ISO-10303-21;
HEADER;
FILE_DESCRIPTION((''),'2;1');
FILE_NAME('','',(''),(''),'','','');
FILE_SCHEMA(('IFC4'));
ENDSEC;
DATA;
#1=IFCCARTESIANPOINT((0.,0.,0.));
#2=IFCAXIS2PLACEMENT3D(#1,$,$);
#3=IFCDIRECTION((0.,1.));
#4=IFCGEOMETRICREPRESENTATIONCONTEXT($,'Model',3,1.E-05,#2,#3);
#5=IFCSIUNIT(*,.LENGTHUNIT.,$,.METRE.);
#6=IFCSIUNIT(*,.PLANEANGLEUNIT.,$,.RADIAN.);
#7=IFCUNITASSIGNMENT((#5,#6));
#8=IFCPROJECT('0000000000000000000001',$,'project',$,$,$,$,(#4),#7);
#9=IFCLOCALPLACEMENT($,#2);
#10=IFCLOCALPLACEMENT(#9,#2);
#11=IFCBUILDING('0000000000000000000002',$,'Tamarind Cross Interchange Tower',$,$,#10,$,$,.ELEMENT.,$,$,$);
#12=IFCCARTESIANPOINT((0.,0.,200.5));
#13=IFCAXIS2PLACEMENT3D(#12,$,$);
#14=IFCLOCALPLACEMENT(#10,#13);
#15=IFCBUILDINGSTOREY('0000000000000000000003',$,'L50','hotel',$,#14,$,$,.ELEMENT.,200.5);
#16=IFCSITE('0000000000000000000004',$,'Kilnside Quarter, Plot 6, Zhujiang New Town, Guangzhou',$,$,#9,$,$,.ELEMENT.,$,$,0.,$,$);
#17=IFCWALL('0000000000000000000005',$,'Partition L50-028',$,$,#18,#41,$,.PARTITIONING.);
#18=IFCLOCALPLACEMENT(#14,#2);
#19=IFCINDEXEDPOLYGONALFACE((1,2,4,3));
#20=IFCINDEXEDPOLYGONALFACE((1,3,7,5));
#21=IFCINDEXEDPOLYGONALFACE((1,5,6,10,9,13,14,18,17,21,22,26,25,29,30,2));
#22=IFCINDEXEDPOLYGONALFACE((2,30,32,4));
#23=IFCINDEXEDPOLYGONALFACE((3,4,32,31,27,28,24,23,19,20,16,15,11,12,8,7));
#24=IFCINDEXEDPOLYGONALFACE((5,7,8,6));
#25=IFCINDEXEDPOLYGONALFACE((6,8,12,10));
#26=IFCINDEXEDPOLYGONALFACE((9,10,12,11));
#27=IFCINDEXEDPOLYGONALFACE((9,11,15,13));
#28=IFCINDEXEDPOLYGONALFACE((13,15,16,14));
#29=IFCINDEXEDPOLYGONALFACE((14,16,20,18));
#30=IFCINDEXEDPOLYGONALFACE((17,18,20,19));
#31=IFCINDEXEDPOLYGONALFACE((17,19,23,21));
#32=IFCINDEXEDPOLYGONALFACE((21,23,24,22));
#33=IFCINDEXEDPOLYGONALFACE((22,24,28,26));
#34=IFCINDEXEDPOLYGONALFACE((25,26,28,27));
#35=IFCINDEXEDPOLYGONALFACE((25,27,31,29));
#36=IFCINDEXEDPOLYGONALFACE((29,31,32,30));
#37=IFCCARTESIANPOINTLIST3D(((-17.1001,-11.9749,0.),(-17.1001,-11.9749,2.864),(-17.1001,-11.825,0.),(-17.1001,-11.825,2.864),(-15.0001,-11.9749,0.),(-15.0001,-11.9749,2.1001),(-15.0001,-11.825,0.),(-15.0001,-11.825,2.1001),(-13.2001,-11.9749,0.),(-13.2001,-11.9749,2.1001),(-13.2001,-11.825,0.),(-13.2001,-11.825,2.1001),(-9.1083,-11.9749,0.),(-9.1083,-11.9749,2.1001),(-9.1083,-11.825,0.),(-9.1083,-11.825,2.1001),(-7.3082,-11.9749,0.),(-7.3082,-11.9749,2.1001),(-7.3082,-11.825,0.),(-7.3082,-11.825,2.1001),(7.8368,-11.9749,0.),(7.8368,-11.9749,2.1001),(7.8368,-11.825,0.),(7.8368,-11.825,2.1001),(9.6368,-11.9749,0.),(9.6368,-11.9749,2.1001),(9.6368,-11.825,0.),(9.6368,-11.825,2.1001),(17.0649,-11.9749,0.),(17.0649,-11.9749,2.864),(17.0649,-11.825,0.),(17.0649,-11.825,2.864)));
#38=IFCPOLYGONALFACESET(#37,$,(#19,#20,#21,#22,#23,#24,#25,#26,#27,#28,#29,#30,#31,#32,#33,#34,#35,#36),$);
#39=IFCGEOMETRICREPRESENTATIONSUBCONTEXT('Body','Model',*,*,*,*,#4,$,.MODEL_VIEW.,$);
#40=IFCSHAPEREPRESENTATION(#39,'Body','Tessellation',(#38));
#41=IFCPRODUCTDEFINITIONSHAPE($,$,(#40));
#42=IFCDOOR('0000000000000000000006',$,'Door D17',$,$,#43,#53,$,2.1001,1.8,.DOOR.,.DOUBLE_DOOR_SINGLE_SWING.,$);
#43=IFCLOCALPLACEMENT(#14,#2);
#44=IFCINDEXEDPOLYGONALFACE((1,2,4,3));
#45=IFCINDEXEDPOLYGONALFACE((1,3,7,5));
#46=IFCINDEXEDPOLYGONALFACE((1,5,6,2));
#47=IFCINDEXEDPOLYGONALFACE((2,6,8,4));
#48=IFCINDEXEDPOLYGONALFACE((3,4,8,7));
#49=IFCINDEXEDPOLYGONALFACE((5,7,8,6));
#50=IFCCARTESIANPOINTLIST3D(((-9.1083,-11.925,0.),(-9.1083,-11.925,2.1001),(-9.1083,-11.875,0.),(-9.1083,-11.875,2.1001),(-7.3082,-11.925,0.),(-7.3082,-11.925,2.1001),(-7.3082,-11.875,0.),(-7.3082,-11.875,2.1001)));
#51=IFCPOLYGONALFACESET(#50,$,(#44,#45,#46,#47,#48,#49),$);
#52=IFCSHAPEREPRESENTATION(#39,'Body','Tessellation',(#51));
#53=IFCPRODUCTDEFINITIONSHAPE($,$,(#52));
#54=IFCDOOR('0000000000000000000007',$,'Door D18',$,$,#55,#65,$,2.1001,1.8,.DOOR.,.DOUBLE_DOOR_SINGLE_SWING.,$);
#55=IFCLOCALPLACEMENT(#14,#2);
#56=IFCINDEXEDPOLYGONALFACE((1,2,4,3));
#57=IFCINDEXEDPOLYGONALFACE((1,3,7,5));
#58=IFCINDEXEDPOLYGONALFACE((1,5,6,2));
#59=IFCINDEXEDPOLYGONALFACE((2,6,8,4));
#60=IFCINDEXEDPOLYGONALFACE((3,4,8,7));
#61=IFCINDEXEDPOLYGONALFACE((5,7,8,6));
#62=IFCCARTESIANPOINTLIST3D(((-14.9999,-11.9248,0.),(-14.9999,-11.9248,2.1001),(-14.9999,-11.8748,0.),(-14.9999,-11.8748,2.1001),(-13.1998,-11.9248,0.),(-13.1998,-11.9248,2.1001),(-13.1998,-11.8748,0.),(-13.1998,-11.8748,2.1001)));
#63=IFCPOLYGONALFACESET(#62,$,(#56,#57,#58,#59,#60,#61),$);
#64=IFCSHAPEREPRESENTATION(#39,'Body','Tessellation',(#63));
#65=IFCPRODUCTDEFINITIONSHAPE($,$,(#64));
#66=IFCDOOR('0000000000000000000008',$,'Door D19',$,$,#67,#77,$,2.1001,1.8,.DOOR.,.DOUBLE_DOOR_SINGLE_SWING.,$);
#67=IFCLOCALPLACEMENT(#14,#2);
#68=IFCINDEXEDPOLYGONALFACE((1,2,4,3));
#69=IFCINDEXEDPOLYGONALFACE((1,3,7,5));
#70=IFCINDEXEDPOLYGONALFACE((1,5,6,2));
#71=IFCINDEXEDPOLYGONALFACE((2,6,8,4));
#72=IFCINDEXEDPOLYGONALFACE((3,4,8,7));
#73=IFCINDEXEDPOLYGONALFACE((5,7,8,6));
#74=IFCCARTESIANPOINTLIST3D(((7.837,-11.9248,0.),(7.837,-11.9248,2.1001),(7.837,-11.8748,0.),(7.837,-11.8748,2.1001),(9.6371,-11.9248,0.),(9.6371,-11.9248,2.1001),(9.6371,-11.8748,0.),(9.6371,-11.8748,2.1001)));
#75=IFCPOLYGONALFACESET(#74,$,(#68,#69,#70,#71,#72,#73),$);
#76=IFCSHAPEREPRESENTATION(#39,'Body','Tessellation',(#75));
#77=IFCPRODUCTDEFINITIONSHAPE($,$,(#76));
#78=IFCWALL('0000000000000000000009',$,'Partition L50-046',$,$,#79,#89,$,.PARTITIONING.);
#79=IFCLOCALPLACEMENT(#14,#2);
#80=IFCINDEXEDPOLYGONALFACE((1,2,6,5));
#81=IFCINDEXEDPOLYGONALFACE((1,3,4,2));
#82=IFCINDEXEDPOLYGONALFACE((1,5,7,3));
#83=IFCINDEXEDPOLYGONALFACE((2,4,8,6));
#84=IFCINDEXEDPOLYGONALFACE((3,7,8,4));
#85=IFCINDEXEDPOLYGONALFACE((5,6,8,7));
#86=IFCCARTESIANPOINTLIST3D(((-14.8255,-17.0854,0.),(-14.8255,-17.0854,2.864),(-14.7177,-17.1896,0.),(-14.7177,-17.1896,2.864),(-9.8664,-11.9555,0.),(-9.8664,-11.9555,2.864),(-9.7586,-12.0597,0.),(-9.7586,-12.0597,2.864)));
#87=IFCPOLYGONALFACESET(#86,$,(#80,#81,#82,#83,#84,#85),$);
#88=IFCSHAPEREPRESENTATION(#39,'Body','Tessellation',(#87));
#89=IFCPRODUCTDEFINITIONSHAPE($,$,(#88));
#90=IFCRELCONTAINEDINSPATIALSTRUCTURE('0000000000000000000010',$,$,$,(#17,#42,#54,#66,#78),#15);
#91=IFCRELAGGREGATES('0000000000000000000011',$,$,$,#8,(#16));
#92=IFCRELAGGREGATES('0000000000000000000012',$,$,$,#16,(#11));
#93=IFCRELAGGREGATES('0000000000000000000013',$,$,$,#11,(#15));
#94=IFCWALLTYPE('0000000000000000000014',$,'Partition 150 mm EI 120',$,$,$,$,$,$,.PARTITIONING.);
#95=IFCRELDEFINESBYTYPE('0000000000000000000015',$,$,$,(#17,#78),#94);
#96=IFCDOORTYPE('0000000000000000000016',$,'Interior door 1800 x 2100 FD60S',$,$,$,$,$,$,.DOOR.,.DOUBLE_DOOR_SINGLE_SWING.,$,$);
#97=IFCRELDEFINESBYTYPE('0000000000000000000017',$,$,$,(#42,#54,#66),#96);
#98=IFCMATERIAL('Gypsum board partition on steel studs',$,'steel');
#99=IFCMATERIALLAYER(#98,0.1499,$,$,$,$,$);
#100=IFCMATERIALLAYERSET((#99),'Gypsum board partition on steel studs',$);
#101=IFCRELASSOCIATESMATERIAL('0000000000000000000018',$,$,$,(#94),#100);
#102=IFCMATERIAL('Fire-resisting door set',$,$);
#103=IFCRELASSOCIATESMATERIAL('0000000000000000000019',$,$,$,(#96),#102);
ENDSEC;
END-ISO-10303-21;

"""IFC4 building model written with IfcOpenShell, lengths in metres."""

from ifc_helpers import new_model, si_unit, direction, frame, frame_2d, origin, place, context, subcontext, project, spatial, rectangle, extrude, material, layer, layer_set, type_object, element, fill, save


model = new_model("IFC4")

# Units and contexts
model_context = context("Model", 3, precision=1e-05, world=origin(), true_north=direction((0.0, 1.0)))
body_context = subcontext(model_context, "Body", "Model", "MODEL_VIEW")
ifc_project = project(units=[si_unit("LENGTHUNIT", "METRE"), si_unit("PLANEANGLEUNIT", "RADIAN")], contexts=[model_context])

# Site, building, storey
site_placement = place(None, origin())
site = spatial("IfcSite", under=ifc_project, at=site_placement, Name="Kilnside Quarter, Plot 6, Zhujiang New Town, Guangzhou", CompositionType="ELEMENT", RefElevation=0.0)
building_placement = place(site_placement, origin())
building = spatial("IfcBuilding", under=site, at=building_placement, Name="Tamarind Cross Interchange Tower", CompositionType="ELEMENT")
storey_placement = place(building_placement, frame((0.0, 0.0, 200.5)))
storey = spatial("IfcBuildingStorey", under=building, at=storey_placement, Name="L50", Description="hotel", CompositionType="ELEMENT", Elevation=200.5)

# Shared definitions
ifc_material_1 = material(Name="Gypsum board partition on steel studs", Category="steel")
ifc_layer_1 = layer(ifc_material_1, 0.1499)
ifc_layer_set_1 = layer_set([ifc_layer_1], Name="Gypsum board partition on steel studs")
wall_type_1 = type_object("IfcWallType", Name="Partition 150 mm EI 120", PredefinedType="PARTITIONING", material=ifc_layer_set_1)

# Wall, openings, doors
wall_1_placement = place(storey_placement, frame((-17.1001, -11.8999, 0.0), z_axis=(0.0, 0.0, 1.0), x_axis=(1.0, 0.0, 0.0)))
wall_1 = element("IfcWall", 1, at=wall_1_placement, inside=storey, type_object=wall_type_1, Name="Partition L50-028", PredefinedType="PARTITIONING", context=body_context, shape_type="SweptSolid", body=[
    extrude(rectangle(XDim=34.165, YDim=0.1499, at=frame_2d((17.0825, 0.0))), origin(), (0.0, 0.0, 1.0), 2.864),
])
opening_1_placement = place(wall_1_placement, frame((7.9919, 0.0, 0.0)))
opening_1 = element("IfcOpeningElement", 2, at=opening_1_placement, cuts=wall_1, PredefinedType="OPENING", context=body_context, shape_type="SweptSolid", body=[
    extrude(rectangle(XDim=1.8, YDim=2.1001, at=frame_2d((0.8999, 1.05))), frame((0.0, 0.085, 0.0), z_axis=(0.0, -1.0, 0.0), x_axis=(1.0, 0.0, 0.0)), (0.0, 0.0, 1.0), 0.1699),
])
opening_2_placement = place(wall_1_placement, frame((2.1001, 0.0, 0.0)))
opening_2 = element("IfcOpeningElement", 3, at=opening_2_placement, cuts=wall_1, PredefinedType="OPENING", context=body_context, shape_type="SweptSolid", body=[
    extrude(rectangle(XDim=1.8, YDim=2.1001, at=frame_2d((0.8999, 1.05))), frame((0.0, 0.085, 0.0), z_axis=(0.0, -1.0, 0.0), x_axis=(1.0, 0.0, 0.0)), (0.0, 0.0, 1.0), 0.1699),
])
opening_3_placement = place(wall_1_placement, frame((24.937, 0.0, 0.0)))
opening_3 = element("IfcOpeningElement", 4, at=opening_3_placement, cuts=wall_1, PredefinedType="OPENING", context=body_context, shape_type="SweptSolid", body=[
    extrude(rectangle(XDim=1.8, YDim=2.1001, at=frame_2d((0.8999, 1.05))), frame((0.0, 0.085, 0.0), z_axis=(0.0, -1.0, 0.0), x_axis=(1.0, 0.0, 0.0)), (0.0, 0.0, 1.0), 0.1699),
])
ifc_material_2 = material(Name="Fire-resisting door set")
door_type_1 = type_object("IfcDoorType", Name="Interior door 1800 x 2100 FD60S", OperationType="DOUBLE_DOOR_SINGLE_SWING", PredefinedType="DOOR", material=ifc_material_2)
door_1_placement = place(opening_1_placement, origin())
door_1 = element("IfcDoor", 5, at=door_1_placement, inside=storey, type_object=door_type_1, Name="Door D17", OperationType="DOUBLE_DOOR_SINGLE_SWING", OverallHeight=2.1001, OverallWidth=1.8, PredefinedType="DOOR", context=body_context, shape_type="SweptSolid", body=[
    extrude(rectangle(XDim=1.8, YDim=2.1001, at=frame_2d((0.8999, 1.05))), frame((0.0, 0.0249, 0.0), z_axis=(0.0, -1.0, 0.0), x_axis=(1.0, 0.0, 0.0)), (0.0, 0.0, 1.0), 0.05),
])
fill(opening_1, door_1)
door_2_placement = place(opening_2_placement, frame((1.8, 0.0, 0.0), z_axis=(0.0, 0.0, 1.0), x_axis=(-1.0, 0.0, 0.0)))
door_2 = element("IfcDoor", 6, at=door_2_placement, inside=storey, type_object=door_type_1, Name="Door D18", OperationType="DOUBLE_DOOR_SINGLE_SWING", OverallHeight=2.1001, OverallWidth=1.8, PredefinedType="DOOR", context=body_context, shape_type="SweptSolid", body=[
    extrude(rectangle(XDim=1.8, YDim=2.1001, at=frame_2d((0.8999, 1.05))), frame((0.0, 0.0249, 0.0), z_axis=(0.0, -1.0, 0.0), x_axis=(1.0, 0.0, 0.0)), (0.0, 0.0, 1.0), 0.05),
])
fill(opening_2, door_2)
door_3_placement = place(opening_3_placement, frame((1.8, 0.0, 0.0), z_axis=(0.0, 0.0, 1.0), x_axis=(-1.0, 0.0, 0.0)))
door_3 = element("IfcDoor", 7, at=door_3_placement, inside=storey, type_object=door_type_1, Name="Door D19", OperationType="DOUBLE_DOOR_SINGLE_SWING", OverallHeight=2.1001, OverallWidth=1.8, PredefinedType="DOOR", context=body_context, shape_type="SweptSolid", body=[
    extrude(rectangle(XDim=1.8, YDim=2.1001, at=frame_2d((0.8999, 1.05))), frame((0.0, 0.0249, 0.0), z_axis=(0.0, -1.0, 0.0), x_axis=(1.0, 0.0, 0.0)), (0.0, 0.0, 1.0), 0.05),
])
fill(opening_3, door_3)

# Wall
wall_2_placement = place(storey_placement, frame((-14.7715, -17.1375, 0.0), z_axis=(0.0, 0.0, 1.0), x_axis=(0.695029, 0.718982, 0.0)))
element("IfcWall", 8, at=wall_2_placement, inside=storey, type_object=wall_type_1, Name="Partition L50-046", PredefinedType="PARTITIONING", context=body_context, shape_type="SweptSolid", body=[
    extrude(rectangle(XDim=7.135, YDim=0.1499, at=frame_2d((3.5674, 0.0))), origin(), (0.0, 0.0, 1.0), 2.864),
])

save(model, "model.ifc")
